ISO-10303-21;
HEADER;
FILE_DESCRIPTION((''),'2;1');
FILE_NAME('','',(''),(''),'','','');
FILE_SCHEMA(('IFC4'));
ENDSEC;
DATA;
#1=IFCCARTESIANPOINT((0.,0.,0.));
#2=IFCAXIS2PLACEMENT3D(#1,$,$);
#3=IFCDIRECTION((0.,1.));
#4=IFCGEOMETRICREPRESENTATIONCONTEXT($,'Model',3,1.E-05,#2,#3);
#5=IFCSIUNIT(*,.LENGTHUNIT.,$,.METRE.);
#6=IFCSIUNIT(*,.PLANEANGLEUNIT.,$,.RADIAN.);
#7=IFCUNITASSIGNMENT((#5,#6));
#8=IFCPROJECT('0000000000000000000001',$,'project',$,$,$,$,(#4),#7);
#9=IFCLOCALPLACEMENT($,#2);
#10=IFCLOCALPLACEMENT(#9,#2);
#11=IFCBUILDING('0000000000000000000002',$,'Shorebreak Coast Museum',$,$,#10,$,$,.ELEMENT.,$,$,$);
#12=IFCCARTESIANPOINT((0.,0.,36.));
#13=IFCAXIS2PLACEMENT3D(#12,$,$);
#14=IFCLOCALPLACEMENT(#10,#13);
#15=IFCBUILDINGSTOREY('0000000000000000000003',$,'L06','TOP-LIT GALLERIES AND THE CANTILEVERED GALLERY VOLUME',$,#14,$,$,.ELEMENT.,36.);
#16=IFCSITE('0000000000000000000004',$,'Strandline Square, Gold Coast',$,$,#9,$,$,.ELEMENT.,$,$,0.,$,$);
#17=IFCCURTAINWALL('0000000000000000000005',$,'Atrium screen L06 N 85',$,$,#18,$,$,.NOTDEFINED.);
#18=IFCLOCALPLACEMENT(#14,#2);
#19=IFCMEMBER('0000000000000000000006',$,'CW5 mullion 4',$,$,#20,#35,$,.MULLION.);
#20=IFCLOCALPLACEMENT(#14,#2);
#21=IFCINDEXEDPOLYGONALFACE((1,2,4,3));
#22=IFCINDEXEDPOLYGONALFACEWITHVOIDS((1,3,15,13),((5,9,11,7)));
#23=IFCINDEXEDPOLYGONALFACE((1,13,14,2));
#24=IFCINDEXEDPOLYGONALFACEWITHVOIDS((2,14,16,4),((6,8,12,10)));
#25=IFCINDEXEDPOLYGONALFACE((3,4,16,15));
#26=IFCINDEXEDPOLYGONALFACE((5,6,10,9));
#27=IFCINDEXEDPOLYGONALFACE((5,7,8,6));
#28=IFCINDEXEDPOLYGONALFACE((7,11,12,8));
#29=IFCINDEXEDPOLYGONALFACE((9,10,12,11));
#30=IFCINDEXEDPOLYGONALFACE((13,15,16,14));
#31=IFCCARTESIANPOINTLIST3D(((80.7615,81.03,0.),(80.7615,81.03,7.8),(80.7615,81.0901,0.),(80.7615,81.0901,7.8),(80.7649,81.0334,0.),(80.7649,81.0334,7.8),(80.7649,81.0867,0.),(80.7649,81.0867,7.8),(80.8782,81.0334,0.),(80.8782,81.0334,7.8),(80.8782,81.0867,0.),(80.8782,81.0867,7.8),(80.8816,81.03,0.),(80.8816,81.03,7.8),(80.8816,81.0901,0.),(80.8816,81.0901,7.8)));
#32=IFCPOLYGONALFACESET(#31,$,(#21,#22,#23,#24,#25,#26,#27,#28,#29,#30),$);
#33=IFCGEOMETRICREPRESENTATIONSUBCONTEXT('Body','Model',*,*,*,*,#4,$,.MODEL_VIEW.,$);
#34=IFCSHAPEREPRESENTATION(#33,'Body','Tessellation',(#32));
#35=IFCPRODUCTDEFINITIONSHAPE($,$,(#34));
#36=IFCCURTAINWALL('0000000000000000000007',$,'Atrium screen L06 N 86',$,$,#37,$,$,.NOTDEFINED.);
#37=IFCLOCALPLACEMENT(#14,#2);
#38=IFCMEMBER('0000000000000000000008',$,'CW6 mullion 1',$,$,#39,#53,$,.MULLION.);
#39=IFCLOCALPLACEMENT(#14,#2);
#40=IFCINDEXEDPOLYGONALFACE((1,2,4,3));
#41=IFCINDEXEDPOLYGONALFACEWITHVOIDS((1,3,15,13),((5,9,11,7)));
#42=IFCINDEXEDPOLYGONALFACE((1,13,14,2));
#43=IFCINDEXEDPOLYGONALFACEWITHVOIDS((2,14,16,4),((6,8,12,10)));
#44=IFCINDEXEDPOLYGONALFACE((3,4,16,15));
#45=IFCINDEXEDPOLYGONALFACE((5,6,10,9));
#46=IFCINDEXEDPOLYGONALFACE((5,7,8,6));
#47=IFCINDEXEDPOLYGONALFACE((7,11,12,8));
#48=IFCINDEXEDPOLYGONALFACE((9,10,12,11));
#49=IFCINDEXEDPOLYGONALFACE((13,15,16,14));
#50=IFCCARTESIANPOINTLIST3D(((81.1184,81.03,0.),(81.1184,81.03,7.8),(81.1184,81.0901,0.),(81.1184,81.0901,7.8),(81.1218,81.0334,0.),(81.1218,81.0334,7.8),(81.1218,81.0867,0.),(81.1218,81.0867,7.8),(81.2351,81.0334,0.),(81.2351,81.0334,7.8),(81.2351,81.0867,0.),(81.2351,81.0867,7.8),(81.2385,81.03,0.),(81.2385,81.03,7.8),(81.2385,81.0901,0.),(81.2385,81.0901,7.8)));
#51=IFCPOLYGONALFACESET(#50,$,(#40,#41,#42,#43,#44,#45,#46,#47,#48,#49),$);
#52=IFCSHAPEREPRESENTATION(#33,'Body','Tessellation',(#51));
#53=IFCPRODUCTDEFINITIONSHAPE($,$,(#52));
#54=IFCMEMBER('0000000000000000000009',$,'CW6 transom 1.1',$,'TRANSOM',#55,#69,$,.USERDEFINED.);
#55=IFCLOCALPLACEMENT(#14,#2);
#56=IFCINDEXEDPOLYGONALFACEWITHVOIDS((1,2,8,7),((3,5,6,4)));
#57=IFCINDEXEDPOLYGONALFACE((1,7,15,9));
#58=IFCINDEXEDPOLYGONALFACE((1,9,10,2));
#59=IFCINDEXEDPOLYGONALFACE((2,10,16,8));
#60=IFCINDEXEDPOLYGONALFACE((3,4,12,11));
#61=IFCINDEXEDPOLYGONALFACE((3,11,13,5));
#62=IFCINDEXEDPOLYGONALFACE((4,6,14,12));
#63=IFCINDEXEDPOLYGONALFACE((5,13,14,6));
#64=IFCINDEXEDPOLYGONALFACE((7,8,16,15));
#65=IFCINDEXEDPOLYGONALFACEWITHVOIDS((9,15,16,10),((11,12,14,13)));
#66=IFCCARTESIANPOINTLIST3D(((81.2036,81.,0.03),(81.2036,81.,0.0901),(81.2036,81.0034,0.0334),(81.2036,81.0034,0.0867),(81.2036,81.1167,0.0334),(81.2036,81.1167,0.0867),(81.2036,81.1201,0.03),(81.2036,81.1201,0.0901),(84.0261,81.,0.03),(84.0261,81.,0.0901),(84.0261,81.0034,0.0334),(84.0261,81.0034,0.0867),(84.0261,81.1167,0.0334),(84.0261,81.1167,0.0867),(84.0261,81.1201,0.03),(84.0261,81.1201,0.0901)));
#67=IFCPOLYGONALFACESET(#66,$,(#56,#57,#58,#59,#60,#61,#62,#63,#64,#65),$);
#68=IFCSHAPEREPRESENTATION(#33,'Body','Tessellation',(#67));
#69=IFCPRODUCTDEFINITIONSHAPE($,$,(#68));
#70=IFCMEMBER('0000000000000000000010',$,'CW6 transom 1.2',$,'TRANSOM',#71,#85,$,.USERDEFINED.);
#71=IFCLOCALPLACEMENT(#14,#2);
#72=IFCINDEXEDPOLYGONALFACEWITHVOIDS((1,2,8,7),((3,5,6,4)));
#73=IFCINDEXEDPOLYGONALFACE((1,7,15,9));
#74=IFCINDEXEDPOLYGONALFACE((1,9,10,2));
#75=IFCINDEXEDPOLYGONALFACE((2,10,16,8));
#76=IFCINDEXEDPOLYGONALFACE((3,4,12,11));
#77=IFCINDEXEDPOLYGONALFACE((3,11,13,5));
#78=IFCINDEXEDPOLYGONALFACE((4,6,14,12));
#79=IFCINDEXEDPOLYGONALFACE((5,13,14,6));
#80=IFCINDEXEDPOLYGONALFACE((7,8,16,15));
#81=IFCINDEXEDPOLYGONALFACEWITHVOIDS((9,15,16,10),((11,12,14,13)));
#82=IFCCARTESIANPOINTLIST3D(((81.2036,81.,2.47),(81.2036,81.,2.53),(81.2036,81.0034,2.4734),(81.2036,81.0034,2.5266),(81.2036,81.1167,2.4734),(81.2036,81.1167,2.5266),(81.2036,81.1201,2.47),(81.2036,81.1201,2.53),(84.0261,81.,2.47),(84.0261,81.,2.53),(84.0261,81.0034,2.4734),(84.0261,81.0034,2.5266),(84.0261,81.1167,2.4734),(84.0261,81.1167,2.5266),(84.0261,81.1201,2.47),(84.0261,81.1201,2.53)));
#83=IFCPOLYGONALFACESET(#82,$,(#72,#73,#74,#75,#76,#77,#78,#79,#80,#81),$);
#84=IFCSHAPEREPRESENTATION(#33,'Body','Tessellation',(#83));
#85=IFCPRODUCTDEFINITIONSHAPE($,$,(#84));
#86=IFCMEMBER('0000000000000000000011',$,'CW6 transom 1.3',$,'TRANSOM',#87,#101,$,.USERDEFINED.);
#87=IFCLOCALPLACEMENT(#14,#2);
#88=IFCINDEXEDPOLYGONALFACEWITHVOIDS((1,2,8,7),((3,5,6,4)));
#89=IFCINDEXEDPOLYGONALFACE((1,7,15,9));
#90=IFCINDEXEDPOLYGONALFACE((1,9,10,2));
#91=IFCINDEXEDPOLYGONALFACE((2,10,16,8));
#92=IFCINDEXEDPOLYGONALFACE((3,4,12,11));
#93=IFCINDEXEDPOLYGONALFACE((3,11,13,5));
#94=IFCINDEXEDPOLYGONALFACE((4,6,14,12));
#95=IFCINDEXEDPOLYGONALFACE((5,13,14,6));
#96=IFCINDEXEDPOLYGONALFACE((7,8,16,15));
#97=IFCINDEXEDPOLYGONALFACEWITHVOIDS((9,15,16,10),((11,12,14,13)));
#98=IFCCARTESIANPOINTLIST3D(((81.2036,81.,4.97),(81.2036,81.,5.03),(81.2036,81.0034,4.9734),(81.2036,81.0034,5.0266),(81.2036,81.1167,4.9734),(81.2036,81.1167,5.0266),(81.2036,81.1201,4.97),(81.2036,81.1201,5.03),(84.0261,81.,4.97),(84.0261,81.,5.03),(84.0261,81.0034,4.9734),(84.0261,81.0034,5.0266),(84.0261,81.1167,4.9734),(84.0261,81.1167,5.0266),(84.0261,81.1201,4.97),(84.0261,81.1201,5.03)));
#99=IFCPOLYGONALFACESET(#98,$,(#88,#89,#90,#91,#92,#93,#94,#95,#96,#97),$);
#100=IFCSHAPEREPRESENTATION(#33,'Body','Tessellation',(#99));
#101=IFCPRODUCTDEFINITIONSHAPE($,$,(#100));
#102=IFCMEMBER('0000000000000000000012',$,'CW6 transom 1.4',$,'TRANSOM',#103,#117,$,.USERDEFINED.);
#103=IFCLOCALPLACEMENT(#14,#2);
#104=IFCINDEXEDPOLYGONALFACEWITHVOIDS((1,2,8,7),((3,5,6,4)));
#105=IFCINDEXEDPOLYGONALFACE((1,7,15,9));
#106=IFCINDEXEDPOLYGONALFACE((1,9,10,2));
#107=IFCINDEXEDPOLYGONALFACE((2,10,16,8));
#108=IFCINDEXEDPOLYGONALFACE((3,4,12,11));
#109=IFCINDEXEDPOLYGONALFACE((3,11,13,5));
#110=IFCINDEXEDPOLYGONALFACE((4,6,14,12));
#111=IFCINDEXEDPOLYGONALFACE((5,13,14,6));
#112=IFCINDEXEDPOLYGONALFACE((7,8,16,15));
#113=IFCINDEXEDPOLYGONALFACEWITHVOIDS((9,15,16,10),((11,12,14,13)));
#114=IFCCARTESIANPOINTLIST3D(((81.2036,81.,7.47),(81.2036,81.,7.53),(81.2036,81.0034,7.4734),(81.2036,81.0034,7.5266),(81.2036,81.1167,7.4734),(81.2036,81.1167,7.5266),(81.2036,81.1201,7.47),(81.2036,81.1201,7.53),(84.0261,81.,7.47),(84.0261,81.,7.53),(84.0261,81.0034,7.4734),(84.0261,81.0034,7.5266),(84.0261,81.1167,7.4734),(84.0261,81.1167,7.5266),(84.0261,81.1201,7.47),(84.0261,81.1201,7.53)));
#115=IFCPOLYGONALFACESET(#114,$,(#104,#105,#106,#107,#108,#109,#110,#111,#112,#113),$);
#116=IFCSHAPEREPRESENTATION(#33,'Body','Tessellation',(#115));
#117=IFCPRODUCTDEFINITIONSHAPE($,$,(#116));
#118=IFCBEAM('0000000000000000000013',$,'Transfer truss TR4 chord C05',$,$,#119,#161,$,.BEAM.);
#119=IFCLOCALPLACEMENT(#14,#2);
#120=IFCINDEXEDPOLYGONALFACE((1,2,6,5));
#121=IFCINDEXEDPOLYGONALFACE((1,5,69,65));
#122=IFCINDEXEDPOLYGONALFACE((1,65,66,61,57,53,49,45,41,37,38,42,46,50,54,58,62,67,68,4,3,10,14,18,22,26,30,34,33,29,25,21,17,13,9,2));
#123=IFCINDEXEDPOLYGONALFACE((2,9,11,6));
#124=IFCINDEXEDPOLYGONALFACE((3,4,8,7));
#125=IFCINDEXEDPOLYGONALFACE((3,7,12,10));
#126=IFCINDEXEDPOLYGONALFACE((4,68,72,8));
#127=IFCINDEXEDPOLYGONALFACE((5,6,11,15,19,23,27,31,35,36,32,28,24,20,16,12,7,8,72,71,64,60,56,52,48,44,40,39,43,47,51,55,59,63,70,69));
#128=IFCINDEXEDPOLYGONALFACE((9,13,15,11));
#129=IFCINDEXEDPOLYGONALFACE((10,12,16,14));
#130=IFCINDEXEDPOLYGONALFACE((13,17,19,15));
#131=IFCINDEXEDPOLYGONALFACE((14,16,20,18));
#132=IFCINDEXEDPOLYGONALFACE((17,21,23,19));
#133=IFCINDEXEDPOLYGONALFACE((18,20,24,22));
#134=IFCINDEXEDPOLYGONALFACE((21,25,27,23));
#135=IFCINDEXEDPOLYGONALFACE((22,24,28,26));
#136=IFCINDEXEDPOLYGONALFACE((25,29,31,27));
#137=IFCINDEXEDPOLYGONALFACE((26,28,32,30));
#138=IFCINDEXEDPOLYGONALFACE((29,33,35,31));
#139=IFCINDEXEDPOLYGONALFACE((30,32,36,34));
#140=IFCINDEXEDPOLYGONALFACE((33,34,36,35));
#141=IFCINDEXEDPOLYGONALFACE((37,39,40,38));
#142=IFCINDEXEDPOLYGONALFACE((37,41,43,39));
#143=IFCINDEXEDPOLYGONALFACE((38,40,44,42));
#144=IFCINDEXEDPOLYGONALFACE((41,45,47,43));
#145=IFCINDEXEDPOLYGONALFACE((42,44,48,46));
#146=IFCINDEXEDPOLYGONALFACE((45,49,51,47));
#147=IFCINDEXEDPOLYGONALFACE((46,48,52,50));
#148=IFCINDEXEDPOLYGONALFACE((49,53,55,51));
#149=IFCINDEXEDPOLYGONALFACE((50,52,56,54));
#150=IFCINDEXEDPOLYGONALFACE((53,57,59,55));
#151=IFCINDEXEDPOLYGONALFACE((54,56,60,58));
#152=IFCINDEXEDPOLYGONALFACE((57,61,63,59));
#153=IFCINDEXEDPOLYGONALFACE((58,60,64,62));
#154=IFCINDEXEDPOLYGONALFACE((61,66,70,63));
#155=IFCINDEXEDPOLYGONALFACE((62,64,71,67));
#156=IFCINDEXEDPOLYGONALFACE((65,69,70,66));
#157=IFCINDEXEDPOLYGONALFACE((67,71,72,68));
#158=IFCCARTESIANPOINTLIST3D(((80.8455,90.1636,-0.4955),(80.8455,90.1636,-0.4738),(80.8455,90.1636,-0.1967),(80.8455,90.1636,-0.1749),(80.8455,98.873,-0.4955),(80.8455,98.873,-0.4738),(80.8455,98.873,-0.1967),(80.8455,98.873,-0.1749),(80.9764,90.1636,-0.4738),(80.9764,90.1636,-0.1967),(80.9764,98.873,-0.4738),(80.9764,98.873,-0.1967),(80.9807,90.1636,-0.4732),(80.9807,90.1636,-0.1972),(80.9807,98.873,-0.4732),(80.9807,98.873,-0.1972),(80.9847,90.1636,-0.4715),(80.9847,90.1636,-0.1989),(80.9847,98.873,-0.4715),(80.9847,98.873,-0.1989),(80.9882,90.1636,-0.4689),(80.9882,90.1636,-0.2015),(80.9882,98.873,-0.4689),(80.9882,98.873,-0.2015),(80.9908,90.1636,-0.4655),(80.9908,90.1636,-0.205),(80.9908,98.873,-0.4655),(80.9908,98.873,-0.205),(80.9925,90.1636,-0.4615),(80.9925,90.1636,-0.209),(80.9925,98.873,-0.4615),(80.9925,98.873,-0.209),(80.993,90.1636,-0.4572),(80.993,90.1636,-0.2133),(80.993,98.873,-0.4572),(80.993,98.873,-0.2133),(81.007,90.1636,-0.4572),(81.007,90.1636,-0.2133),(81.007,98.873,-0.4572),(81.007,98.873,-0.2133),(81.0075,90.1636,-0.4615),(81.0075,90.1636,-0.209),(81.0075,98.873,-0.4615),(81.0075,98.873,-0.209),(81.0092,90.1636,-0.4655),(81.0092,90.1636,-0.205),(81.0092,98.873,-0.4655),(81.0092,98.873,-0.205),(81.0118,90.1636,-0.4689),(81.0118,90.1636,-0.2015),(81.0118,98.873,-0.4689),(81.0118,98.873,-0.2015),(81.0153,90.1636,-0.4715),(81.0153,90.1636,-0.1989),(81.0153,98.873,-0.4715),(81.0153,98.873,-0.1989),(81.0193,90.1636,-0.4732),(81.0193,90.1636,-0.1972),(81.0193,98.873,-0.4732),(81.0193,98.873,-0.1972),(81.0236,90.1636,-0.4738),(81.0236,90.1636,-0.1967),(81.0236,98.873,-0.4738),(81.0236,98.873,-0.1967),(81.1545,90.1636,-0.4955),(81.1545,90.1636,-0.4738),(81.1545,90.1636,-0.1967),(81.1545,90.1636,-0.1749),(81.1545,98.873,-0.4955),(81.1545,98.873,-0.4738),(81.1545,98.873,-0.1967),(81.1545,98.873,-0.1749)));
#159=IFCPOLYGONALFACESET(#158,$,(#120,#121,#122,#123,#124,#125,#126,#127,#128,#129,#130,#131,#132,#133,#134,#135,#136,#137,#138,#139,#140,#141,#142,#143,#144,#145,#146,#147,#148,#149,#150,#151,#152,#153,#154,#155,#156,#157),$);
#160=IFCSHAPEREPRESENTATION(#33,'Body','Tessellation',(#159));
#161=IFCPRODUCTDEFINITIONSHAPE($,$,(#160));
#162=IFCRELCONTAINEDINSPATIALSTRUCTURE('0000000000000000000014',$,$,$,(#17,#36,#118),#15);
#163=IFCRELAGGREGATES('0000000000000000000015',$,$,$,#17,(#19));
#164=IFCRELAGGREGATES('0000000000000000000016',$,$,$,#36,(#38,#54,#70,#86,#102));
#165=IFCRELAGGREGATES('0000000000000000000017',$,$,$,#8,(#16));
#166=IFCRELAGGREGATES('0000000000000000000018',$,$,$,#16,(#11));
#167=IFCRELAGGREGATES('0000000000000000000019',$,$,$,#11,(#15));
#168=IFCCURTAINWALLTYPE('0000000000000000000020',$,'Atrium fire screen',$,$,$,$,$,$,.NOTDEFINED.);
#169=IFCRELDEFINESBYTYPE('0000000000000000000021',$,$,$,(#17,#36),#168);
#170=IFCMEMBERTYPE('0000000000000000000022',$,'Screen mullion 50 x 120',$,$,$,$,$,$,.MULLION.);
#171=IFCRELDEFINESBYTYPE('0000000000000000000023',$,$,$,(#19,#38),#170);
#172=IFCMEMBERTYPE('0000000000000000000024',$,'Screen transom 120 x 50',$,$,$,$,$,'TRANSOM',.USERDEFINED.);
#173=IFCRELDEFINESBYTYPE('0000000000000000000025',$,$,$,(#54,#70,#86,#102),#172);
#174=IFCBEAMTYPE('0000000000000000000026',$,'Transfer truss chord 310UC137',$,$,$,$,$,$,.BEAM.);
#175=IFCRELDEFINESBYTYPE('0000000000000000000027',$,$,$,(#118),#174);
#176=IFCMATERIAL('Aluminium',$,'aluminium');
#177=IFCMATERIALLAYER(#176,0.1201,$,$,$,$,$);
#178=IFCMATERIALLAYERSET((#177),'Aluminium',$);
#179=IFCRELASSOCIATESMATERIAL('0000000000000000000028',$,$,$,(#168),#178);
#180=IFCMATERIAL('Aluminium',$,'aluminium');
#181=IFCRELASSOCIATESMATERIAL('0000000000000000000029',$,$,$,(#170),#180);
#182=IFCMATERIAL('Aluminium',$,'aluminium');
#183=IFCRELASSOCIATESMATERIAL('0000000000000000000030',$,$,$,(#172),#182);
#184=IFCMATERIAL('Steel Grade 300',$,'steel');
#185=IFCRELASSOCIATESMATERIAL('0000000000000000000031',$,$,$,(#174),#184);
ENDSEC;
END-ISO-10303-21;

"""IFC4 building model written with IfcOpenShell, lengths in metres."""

from ifc_helpers import new_model, si_unit, direction, frame, origin, origin_2d, place, context, subcontext, project, spatial, hollow_rectangle, i_section, extrude, material, layer, layer_set, material_profile, profile_set, type_object, element, aggregate, save


model = new_model("IFC4")

# Units and contexts
model_context = context("Model", 3, precision=1e-05, world=origin(), true_north=direction((0.0, 1.0)))
body_context = subcontext(model_context, "Body", "Model", "MODEL_VIEW")
ifc_project = project(units=[si_unit("LENGTHUNIT", "METRE"), si_unit("PLANEANGLEUNIT", "RADIAN")], contexts=[model_context])

# Site, building, storey
site_placement = place(None, origin())
site = spatial("IfcSite", under=ifc_project, at=site_placement, Name="Strandline Square, Gold Coast", CompositionType="ELEMENT", RefElevation=0.0)
building_placement = place(site_placement, origin())
building = spatial("IfcBuilding", under=site, at=building_placement, Name="Shorebreak Coast Museum", CompositionType="ELEMENT")
storey_placement = place(building_placement, frame((0.0, 0.0, 36.0)))
storey = spatial("IfcBuildingStorey", under=building, at=storey_placement, Name="L06", Description="TOP-LIT GALLERIES AND THE CANTILEVERED GALLERY VOLUME", CompositionType="ELEMENT", Elevation=36.0)

# Curtain wall, member
ifc_material_1 = material(Name="Aluminium", Category="aluminium")
ifc_layer_1 = layer(ifc_material_1, 0.1201)
ifc_layer_set_1 = layer_set([ifc_layer_1], Name="Aluminium")
curtain_wall_type = type_object("IfcCurtainWallType", Name="Atrium fire screen", PredefinedType="NOTDEFINED", material=ifc_layer_set_1)
curtain_wall_1_placement = place(storey_placement, origin())
curtain_wall_1 = element("IfcCurtainWall", 1, at=curtain_wall_1_placement, inside=storey, type_object=curtain_wall_type, Name="Atrium screen L06 N 85", PredefinedType="NOTDEFINED")
ifc_material_2 = material(Name="Aluminium", Category="aluminium")
ifc_material_profile_1 = material_profile(ifc_material_2, hollow_rectangle(XDim=0.0601, YDim=0.1201, WallThickness=0.0034, at=origin_2d()), Name="AL 120x60 RHS")
ifc_profile_set_1 = profile_set([ifc_material_profile_1], Name="Aluminium")
member_type_1 = type_object("IfcMemberType", Name="Screen mullion 50 x 120", PredefinedType="MULLION", material=ifc_profile_set_1)
member_1_placement = place(storey_placement, frame((80.8215, 81.0601, 0.0), z_axis=(0.0, 0.0, 1.0), x_axis=(0.0, 1.0, 0.0)))
member_1 = element("IfcMember", 2, at=member_1_placement, type_object=member_type_1, Name="CW5 mullion 4", PredefinedType="MULLION", context=body_context, shape_type="SweptSolid", body=[
    extrude(hollow_rectangle(XDim=0.0601, YDim=0.1201, WallThickness=0.0034, at=origin_2d()), origin(), (0.0, 0.0, 1.0), 7.8),
])

# Curtain wall, members
curtain_wall_2_placement = place(storey_placement, origin())
curtain_wall_2 = element("IfcCurtainWall", 3, at=curtain_wall_2_placement, inside=storey, type_object=curtain_wall_type, Name="Atrium screen L06 N 86", PredefinedType="NOTDEFINED")
member_2_placement = place(storey_placement, frame((81.1785, 81.0601, 0.0), z_axis=(0.0, 0.0, 1.0), x_axis=(0.0, 1.0, 0.0)))
member_2 = element("IfcMember", 4, at=member_2_placement, type_object=member_type_1, Name="CW6 mullion 1", PredefinedType="MULLION", context=body_context, shape_type="SweptSolid", body=[
    extrude(hollow_rectangle(XDim=0.0601, YDim=0.1201, WallThickness=0.0034, at=origin_2d()), origin(), (0.0, 0.0, 1.0), 7.8),
])
ifc_material_3 = material(Name="Aluminium", Category="aluminium")
ifc_material_profile_2 = material_profile(ifc_material_3, hollow_rectangle(XDim=0.1201, YDim=0.0601, WallThickness=0.0034, at=origin_2d()), Name="AL 60x120 RHS")
ifc_profile_set_2 = profile_set([ifc_material_profile_2], Name="Aluminium")
member_type_2 = type_object("IfcMemberType", Name="Screen transom 120 x 50", ElementType="TRANSOM", PredefinedType="USERDEFINED", material=ifc_profile_set_2)
member_3_placement = place(storey_placement, frame((81.2036, 81.0601, 0.0601), z_axis=(1.0, 0.0, 0.0), x_axis=(0.0, 1.0, 0.0)))
member_3 = element("IfcMember", 5, at=member_3_placement, type_object=member_type_2, Name="CW6 transom 1.1", ObjectType="TRANSOM", PredefinedType="USERDEFINED", context=body_context, shape_type="SweptSolid", body=[
    extrude(hollow_rectangle(XDim=0.1201, YDim=0.0601, WallThickness=0.0034, at=origin_2d()), origin(), (0.0, 0.0, 1.0), 2.8225),
])
member_4_placement = place(storey_placement, frame((81.2036, 81.0601, 2.5), z_axis=(1.0, 0.0, 0.0), x_axis=(0.0, 1.0, 0.0)))
member_4 = element("IfcMember", 6, at=member_4_placement, type_object=member_type_2, Name="CW6 transom 1.2", ObjectType="TRANSOM", PredefinedType="USERDEFINED", context=body_context, shape_type="SweptSolid", body=[
    extrude(hollow_rectangle(XDim=0.1201, YDim=0.0601, WallThickness=0.0034, at=origin_2d()), origin(), (0.0, 0.0, 1.0), 2.8225),
])
member_5_placement = place(storey_placement, frame((81.2036, 81.0601, 5.0), z_axis=(1.0, 0.0, 0.0), x_axis=(0.0, 1.0, 0.0)))
member_5 = element("IfcMember", 7, at=member_5_placement, type_object=member_type_2, Name="CW6 transom 1.3", ObjectType="TRANSOM", PredefinedType="USERDEFINED", context=body_context, shape_type="SweptSolid", body=[
    extrude(hollow_rectangle(XDim=0.1201, YDim=0.0601, WallThickness=0.0034, at=origin_2d()), origin(), (0.0, 0.0, 1.0), 2.8225),
])
member_6_placement = place(storey_placement, frame((81.2036, 81.0601, 7.5), z_axis=(1.0, 0.0, 0.0), x_axis=(0.0, 1.0, 0.0)))
member_6 = element("IfcMember", 8, at=member_6_placement, type_object=member_type_2, Name="CW6 transom 1.4", ObjectType="TRANSOM", PredefinedType="USERDEFINED", context=body_context, shape_type="SweptSolid", body=[
    extrude(hollow_rectangle(XDim=0.1201, YDim=0.0601, WallThickness=0.0034, at=origin_2d()), origin(), (0.0, 0.0, 1.0), 2.8225),
])

# Beam
ifc_material_4 = material(Name="Steel Grade 300", Category="steel")
ifc_material_profile_3 = material_profile(ifc_material_4, i_section(OverallWidth=0.3091, OverallDepth=0.3206, WebThickness=0.0139, FlangeThickness=0.0217, FilletRadius=0.0166, at=origin_2d()), Name="310UC137")
ifc_profile_set_3 = profile_set([ifc_material_profile_3], Name="Steel Grade 300")
beam_type_1 = type_object("IfcBeamType", Name="Transfer truss chord 310UC137", PredefinedType="BEAM", material=ifc_profile_set_3)
beam_1_placement = place(storey_placement, frame((81.0, 90.1636, -0.3352), z_axis=(0.0, 1.0, 0.0), x_axis=(-1.0, 0.0, 0.0)))
element("IfcBeam", 9, at=beam_1_placement, inside=storey, type_object=beam_type_1, Name="Transfer truss TR4 chord C05", PredefinedType="BEAM", context=body_context, shape_type="SweptSolid", body=[
    extrude(i_section(OverallWidth=0.3091, OverallDepth=0.3206, WebThickness=0.0139, FlangeThickness=0.0217, FilletRadius=0.0166, at=origin_2d()), origin(), (0.0, 0.0, 1.0), 8.7095),
])

aggregate(curtain_wall_1, [member_1])
aggregate(curtain_wall_2, [member_2, member_3, member_4, member_5, member_6])

save(model, "model.ifc")
